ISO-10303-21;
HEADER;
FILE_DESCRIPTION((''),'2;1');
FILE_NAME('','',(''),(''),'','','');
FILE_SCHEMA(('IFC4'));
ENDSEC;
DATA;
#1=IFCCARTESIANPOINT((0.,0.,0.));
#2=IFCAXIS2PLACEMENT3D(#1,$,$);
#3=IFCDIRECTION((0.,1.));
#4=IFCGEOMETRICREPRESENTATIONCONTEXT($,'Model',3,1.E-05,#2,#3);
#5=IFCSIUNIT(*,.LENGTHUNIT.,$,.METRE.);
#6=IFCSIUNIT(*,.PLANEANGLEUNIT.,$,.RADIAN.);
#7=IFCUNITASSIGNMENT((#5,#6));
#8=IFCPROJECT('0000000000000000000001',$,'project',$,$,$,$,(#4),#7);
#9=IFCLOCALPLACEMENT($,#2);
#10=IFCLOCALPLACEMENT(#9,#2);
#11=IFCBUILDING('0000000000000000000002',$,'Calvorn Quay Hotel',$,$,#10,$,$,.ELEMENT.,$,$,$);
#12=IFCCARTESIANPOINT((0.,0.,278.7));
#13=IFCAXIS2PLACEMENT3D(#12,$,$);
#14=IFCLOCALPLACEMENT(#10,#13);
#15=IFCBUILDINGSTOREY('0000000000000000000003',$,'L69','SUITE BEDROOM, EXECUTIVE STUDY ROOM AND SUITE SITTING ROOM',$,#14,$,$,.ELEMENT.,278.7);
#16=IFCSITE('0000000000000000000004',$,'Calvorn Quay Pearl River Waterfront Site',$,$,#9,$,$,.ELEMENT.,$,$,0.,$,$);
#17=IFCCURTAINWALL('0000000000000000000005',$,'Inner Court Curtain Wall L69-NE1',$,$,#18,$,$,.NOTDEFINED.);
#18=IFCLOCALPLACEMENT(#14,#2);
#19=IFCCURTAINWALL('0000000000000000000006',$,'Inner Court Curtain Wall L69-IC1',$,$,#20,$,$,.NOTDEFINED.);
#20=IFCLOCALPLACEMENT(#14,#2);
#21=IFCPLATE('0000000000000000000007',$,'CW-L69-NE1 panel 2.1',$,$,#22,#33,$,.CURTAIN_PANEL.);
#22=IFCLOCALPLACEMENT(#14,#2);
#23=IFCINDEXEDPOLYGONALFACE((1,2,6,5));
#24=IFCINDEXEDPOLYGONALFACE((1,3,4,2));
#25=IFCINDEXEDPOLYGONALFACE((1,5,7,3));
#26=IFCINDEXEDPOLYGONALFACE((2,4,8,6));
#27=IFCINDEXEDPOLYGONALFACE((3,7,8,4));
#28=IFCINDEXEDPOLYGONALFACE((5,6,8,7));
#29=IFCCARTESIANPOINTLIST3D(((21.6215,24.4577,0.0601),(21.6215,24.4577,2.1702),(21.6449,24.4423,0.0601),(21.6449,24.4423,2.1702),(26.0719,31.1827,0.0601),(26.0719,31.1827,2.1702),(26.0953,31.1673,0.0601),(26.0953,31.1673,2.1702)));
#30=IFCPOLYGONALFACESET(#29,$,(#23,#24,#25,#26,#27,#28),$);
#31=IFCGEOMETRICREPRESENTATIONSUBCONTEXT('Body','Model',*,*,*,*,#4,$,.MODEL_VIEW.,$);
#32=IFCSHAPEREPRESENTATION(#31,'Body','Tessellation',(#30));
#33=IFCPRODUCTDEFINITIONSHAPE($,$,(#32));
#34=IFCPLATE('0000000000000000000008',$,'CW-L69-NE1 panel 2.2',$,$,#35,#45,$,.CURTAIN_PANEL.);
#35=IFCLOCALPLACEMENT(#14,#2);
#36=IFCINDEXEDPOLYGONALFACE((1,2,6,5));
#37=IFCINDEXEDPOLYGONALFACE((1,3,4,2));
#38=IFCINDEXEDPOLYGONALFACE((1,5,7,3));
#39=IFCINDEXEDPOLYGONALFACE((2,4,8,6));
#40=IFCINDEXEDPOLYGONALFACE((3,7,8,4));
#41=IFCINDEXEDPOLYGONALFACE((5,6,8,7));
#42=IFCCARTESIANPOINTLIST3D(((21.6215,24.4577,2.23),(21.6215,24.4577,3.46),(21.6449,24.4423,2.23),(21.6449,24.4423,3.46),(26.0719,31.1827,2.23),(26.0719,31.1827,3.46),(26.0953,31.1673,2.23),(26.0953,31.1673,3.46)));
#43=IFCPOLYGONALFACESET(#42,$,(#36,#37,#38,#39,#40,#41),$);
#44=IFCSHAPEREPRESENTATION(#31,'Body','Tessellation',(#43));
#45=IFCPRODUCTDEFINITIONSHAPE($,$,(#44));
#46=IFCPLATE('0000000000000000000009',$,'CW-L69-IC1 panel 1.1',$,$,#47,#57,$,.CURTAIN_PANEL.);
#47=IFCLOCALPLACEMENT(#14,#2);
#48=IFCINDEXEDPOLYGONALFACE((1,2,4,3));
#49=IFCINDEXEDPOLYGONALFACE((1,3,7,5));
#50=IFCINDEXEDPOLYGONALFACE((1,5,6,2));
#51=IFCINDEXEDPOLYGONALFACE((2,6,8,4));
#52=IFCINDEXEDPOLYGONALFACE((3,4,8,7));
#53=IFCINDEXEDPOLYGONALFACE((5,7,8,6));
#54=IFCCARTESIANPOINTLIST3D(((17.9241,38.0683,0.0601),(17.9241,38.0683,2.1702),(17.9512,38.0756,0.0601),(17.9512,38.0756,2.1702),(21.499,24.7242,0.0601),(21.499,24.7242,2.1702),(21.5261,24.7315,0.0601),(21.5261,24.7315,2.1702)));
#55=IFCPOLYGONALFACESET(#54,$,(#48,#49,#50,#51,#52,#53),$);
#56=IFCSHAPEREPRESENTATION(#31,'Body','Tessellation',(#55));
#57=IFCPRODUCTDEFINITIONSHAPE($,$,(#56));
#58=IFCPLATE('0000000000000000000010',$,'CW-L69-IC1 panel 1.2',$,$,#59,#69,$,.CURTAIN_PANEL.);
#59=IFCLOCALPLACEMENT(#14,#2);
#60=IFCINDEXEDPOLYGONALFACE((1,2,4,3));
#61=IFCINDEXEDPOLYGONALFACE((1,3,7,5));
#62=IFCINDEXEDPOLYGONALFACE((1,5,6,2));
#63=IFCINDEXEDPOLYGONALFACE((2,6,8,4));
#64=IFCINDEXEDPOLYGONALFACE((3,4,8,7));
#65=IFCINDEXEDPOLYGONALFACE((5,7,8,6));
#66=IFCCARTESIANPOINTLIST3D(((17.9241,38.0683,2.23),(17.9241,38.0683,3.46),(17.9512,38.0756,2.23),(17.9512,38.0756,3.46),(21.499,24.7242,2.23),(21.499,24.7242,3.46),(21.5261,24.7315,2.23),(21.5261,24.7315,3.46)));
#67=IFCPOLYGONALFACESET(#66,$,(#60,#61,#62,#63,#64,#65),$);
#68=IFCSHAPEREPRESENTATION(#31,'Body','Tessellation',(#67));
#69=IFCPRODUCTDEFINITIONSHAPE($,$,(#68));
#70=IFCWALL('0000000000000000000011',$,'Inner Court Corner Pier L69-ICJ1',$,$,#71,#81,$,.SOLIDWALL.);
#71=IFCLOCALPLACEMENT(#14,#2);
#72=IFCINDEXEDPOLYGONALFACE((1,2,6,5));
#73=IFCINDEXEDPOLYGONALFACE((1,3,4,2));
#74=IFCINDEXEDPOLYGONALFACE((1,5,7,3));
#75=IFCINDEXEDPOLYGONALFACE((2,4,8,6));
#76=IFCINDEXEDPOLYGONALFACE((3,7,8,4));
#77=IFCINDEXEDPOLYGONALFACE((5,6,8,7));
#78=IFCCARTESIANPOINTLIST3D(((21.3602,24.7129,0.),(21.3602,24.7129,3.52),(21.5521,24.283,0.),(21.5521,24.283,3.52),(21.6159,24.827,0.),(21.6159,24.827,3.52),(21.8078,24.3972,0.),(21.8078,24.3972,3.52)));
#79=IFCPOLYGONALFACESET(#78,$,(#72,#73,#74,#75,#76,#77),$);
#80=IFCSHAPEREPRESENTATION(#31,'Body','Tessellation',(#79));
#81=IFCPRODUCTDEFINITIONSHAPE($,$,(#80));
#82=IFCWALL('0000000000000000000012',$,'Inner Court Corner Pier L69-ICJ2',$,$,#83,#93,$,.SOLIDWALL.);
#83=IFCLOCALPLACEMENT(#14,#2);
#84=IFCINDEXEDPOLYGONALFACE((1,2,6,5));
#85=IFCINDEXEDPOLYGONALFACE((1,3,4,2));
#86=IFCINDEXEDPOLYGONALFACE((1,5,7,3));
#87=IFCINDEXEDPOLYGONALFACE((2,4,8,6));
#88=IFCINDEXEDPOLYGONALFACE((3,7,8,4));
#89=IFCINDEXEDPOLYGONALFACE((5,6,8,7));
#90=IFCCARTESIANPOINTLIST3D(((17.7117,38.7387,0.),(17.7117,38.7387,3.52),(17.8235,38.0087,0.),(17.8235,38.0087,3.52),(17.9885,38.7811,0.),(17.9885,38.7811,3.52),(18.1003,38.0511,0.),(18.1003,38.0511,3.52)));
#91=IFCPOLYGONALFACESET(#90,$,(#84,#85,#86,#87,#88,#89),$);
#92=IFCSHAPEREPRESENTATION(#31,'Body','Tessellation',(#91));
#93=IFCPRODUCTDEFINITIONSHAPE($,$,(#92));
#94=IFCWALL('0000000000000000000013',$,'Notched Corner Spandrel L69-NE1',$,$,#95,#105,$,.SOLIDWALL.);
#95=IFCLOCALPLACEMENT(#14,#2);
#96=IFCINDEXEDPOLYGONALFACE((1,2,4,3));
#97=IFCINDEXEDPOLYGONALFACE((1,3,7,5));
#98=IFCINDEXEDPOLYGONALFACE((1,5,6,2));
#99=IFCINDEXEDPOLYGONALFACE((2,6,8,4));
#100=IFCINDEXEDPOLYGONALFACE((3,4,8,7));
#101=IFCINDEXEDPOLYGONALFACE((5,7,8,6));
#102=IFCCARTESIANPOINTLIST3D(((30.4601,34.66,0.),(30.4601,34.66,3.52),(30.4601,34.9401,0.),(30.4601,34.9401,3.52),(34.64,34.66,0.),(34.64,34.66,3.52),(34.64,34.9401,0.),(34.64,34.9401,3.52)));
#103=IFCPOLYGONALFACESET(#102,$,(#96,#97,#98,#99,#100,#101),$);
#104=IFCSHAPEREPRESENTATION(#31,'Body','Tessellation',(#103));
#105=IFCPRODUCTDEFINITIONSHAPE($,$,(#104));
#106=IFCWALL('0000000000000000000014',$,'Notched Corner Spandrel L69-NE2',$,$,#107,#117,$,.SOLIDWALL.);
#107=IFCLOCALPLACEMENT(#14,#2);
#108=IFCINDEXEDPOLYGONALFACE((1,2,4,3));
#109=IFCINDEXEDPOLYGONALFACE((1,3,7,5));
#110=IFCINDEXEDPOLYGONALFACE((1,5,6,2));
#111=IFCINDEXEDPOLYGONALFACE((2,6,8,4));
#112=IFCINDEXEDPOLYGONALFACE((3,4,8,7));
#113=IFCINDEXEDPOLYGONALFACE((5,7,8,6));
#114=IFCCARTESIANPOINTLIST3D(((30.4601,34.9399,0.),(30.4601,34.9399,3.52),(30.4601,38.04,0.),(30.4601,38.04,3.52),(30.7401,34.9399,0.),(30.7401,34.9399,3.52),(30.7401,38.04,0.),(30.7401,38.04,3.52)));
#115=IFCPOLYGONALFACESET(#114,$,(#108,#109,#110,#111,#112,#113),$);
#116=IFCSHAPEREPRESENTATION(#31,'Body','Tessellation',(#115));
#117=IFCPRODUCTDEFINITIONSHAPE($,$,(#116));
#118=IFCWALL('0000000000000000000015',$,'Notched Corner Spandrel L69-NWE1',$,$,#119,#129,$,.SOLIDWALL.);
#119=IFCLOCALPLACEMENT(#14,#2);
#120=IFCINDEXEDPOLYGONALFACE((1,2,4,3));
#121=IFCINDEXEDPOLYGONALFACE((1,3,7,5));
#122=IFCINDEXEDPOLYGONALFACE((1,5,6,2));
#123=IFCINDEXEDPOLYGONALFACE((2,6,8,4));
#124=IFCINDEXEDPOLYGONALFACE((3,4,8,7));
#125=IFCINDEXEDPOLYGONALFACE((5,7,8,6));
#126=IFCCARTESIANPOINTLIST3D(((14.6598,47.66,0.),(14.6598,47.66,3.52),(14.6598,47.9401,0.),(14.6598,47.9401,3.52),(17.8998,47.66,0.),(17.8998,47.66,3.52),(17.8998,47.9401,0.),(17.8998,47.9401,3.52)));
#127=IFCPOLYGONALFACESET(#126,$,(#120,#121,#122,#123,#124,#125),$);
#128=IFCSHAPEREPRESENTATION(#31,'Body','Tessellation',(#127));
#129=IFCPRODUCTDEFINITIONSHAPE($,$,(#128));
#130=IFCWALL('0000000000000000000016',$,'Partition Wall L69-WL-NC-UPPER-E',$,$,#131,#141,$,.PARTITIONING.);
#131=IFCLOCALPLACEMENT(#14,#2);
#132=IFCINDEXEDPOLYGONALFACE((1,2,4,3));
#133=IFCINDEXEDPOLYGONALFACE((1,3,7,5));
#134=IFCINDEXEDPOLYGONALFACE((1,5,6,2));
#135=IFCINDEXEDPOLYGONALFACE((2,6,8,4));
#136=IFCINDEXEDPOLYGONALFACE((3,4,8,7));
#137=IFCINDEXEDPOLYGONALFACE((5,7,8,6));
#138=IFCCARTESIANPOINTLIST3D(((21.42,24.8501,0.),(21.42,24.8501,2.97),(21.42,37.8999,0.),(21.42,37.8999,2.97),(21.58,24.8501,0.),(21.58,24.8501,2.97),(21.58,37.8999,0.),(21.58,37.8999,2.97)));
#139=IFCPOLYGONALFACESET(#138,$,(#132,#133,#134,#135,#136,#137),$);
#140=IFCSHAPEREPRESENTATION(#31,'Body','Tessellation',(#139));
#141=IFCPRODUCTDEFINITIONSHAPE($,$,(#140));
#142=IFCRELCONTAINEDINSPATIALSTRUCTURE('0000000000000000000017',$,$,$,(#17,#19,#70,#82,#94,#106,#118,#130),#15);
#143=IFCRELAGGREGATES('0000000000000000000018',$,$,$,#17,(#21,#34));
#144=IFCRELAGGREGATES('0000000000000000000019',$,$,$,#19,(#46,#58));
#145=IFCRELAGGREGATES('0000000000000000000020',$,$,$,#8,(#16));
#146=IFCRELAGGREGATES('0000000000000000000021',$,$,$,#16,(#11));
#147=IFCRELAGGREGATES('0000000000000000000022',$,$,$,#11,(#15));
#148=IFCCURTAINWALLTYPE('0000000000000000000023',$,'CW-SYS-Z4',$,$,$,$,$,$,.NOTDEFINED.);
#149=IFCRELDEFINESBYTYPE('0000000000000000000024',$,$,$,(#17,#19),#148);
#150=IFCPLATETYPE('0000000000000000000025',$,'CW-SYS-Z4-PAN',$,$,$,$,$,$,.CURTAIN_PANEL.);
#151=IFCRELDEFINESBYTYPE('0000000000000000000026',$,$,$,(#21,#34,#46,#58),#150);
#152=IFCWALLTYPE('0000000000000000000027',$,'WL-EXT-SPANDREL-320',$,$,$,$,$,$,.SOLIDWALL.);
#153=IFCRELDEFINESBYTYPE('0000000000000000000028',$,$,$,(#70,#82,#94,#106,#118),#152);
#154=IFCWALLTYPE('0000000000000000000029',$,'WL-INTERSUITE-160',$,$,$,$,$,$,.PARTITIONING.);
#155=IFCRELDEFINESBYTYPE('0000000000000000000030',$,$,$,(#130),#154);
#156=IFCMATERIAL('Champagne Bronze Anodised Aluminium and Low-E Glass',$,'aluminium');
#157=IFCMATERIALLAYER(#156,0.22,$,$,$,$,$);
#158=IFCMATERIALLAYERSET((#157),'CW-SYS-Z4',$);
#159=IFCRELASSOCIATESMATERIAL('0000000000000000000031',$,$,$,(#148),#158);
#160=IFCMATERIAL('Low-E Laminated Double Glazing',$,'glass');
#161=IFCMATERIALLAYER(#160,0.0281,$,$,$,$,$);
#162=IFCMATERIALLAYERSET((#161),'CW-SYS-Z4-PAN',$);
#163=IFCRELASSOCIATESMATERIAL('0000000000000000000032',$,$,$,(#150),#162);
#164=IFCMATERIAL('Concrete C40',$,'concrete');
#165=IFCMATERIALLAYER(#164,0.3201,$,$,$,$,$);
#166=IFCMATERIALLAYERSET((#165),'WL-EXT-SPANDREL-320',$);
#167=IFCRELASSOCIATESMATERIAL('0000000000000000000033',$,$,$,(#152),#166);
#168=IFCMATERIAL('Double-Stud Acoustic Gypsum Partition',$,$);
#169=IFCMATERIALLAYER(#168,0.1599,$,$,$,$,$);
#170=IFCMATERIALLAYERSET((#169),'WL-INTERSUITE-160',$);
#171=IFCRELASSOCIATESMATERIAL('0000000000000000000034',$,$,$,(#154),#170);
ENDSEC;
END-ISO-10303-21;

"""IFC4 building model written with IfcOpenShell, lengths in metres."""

from ifc_helpers import new_model, si_unit, direction, frame, frame_2d, origin, origin_2d, place, context, subcontext, project, spatial, rectangle, extrude, material, layer, layer_set, type_object, element, aggregate, save


model = new_model("IFC4")

# Units and contexts
model_context = context("Model", 3, precision=1e-05, world=origin(), true_north=direction((0.0, 1.0)))
body_context = subcontext(model_context, "Body", "Model", "MODEL_VIEW")
ifc_project = project(units=[si_unit("LENGTHUNIT", "METRE"), si_unit("PLANEANGLEUNIT", "RADIAN")], contexts=[model_context])

# Site, building, storey
site_placement = place(None, origin())
site = spatial("IfcSite", under=ifc_project, at=site_placement, Name="Calvorn Quay Pearl River Waterfront Site", CompositionType="ELEMENT", RefElevation=0.0)
building_placement = place(site_placement, origin())
building = spatial("IfcBuilding", under=site, at=building_placement, Name="Calvorn Quay Hotel", CompositionType="ELEMENT")
storey_placement = place(building_placement, frame((0.0, 0.0, 278.7)))
storey = spatial("IfcBuildingStorey", under=building, at=storey_placement, Name="L69", Description="SUITE BEDROOM, EXECUTIVE STUDY ROOM AND SUITE SITTING ROOM", CompositionType="ELEMENT", Elevation=278.7)

# Curtain walls
ifc_material_1 = material(Name="Champagne Bronze Anodised Aluminium and Low-E Glass", Category="aluminium")
ifc_layer_1 = layer(ifc_material_1, 0.22)
ifc_layer_set_1 = layer_set([ifc_layer_1], Name="CW-SYS-Z4")
curtain_wall_type = type_object("IfcCurtainWallType", Name="CW-SYS-Z4", PredefinedType="NOTDEFINED", material=ifc_layer_set_1)
curtain_wall_1_placement = place(storey_placement, origin())
curtain_wall_1 = element("IfcCurtainWall", 1, at=curtain_wall_1_placement, inside=storey, type_object=curtain_wall_type, Name="Inner Court Curtain Wall L69-NE1", PredefinedType="NOTDEFINED")
curtain_wall_2_placement = place(storey_placement, origin())
curtain_wall_2 = element("IfcCurtainWall", 2, at=curtain_wall_2_placement, inside=storey, type_object=curtain_wall_type, Name="Inner Court Curtain Wall L69-IC1", PredefinedType="NOTDEFINED")

# Plates
ifc_material_2 = material(Name="Low-E Laminated Double Glazing", Category="glass")
ifc_layer_2 = layer(ifc_material_2, 0.0281)
ifc_layer_set_2 = layer_set([ifc_layer_2], Name="CW-SYS-Z4-PAN")
plate_type = type_object("IfcPlateType", Name="CW-SYS-Z4-PAN", PredefinedType="CURTAIN_PANEL", material=ifc_layer_set_2)
plate_1_placement = place(storey_placement, frame((23.8584, 27.8125, 0.0601), z_axis=(0.0, 0.0, 1.0), x_axis=(-0.551867, -0.833932, 0.0)))
plate_1 = element("IfcPlate", 3, at=plate_1_placement, type_object=plate_type, Name="CW-L69-NE1 panel 2.1", PredefinedType="CURTAIN_PANEL", context=body_context, shape_type="SweptSolid", body=[
    extrude(rectangle(XDim=8.0642, YDim=0.0281, at=origin_2d()), origin(), (0.0, 0.0, 1.0), 2.1101),
])
plate_2_placement = place(storey_placement, frame((23.8584, 27.8125, 2.23), z_axis=(0.0, 0.0, 1.0), x_axis=(-0.551867, -0.833932, 0.0)))
plate_2 = element("IfcPlate", 4, at=plate_2_placement, type_object=plate_type, Name="CW-L69-NE1 panel 2.2", PredefinedType="CURTAIN_PANEL", context=body_context, shape_type="SweptSolid", body=[
    extrude(rectangle(XDim=8.0642, YDim=0.0281, at=origin_2d()), origin(), (0.0, 0.0, 1.0), 1.23),
])
aggregate(curtain_wall_1, [plate_1, plate_2])
plate_3_placement = place(storey_placement, frame((19.7251, 31.3999, 0.0601), z_axis=(0.0, 0.0, 1.0), x_axis=(-0.258779, 0.965937, 0.0)))
plate_3 = element("IfcPlate", 5, at=plate_3_placement, type_object=plate_type, Name="CW-L69-IC1 panel 1.1", PredefinedType="CURTAIN_PANEL", context=body_context, shape_type="SweptSolid", body=[
    extrude(rectangle(XDim=13.8147, YDim=0.0281, at=origin_2d()), origin(), (0.0, 0.0, 1.0), 2.1101),
])
plate_4_placement = place(storey_placement, frame((19.7251, 31.3999, 2.23), z_axis=(0.0, 0.0, 1.0), x_axis=(-0.258779, 0.965937, 0.0)))
plate_4 = element("IfcPlate", 6, at=plate_4_placement, type_object=plate_type, Name="CW-L69-IC1 panel 1.2", PredefinedType="CURTAIN_PANEL", context=body_context, shape_type="SweptSolid", body=[
    extrude(rectangle(XDim=13.8147, YDim=0.0281, at=origin_2d()), origin(), (0.0, 0.0, 1.0), 1.23),
])
aggregate(curtain_wall_2, [plate_3, plate_4])

# Walls
ifc_material_3 = material(Name="Concrete C40", Category="concrete")
ifc_layer_3 = layer(ifc_material_3, 0.3201)
ifc_layer_set_3 = layer_set([ifc_layer_3], Name="WL-EXT-SPANDREL-320")
wall_type_1 = type_object("IfcWallType", Name="WL-EXT-SPANDREL-320", PredefinedType="SOLIDWALL", material=ifc_layer_set_3)
wall_1_placement = place(storey_placement, frame((21.6799, 24.3401, 0.0), z_axis=(0.0, 0.0, 1.0), x_axis=(-0.407581, 0.913169, 0.0)))
element("IfcWall", 7, at=wall_1_placement, inside=storey, type_object=wall_type_1, Name="Inner Court Corner Pier L69-ICJ1", PredefinedType="SOLIDWALL", context=body_context, shape_type="SweptSolid", body=[
    extrude(rectangle(XDim=0.4707, YDim=0.28, at=frame_2d((0.2354, 0.0))), origin(), (0.0, 0.0, 1.0), 3.52),
])
wall_2_placement = place(storey_placement, frame((17.9619, 38.03, 0.0), z_axis=(0.0, 0.0, 1.0), x_axis=(-0.151411, 0.988471, 0.0)))
element("IfcWall", 8, at=wall_2_placement, inside=storey, type_object=wall_type_1, Name="Inner Court Corner Pier L69-ICJ2", PredefinedType="SOLIDWALL", context=body_context, shape_type="SweptSolid", body=[
    extrude(rectangle(XDim=0.7385, YDim=0.28, at=frame_2d((0.3691, 0.0))), origin(), (0.0, 0.0, 1.0), 3.52),
])
wall_3_placement = place(storey_placement, frame((34.6399, 34.8, 0.0), z_axis=(0.0, 0.0, 1.0), x_axis=(-1.0, 0.0, 0.0)))
element("IfcWall", 9, at=wall_3_placement, inside=storey, type_object=wall_type_1, Name="Notched Corner Spandrel L69-NE1", PredefinedType="SOLIDWALL", context=body_context, shape_type="SweptSolid", body=[
    extrude(rectangle(XDim=4.1799, YDim=0.28, at=frame_2d((2.0898, 0.0))), origin(), (0.0, 0.0, 1.0), 3.52),
])
wall_4_placement = place(storey_placement, frame((30.6001, 34.9399, 0.0), z_axis=(0.0, 0.0, 1.0), x_axis=(0.0, 1.0, 0.0)))
element("IfcWall", 10, at=wall_4_placement, inside=storey, type_object=wall_type_1, Name="Notched Corner Spandrel L69-NE2", PredefinedType="SOLIDWALL", context=body_context, shape_type="SweptSolid", body=[
    extrude(rectangle(XDim=3.1001, YDim=0.28, at=frame_2d((1.55, 0.0))), origin(), (0.0, 0.0, 1.0), 3.52),
])
wall_5_placement = place(storey_placement, frame((17.8999, 47.8, 0.0), z_axis=(0.0, 0.0, 1.0), x_axis=(-1.0, 0.0, 0.0)))
element("IfcWall", 11, at=wall_5_placement, inside=storey, type_object=wall_type_1, Name="Notched Corner Spandrel L69-NWE1", PredefinedType="SOLIDWALL", context=body_context, shape_type="SweptSolid", body=[
    extrude(rectangle(XDim=3.24, YDim=0.28, at=frame_2d((1.6201, 0.0))), origin(), (0.0, 0.0, 1.0), 3.52),
])
ifc_material_4 = material(Name="Double-Stud Acoustic Gypsum Partition")
ifc_layer_4 = layer(ifc_material_4, 0.1599)
ifc_layer_set_4 = layer_set([ifc_layer_4], Name="WL-INTERSUITE-160")
wall_type_2 = type_object("IfcWallType", Name="WL-INTERSUITE-160", PredefinedType="PARTITIONING", material=ifc_layer_set_4)
wall_6_placement = place(storey_placement, frame((21.5, 24.8501, 0.0), z_axis=(0.0, 0.0, 1.0), x_axis=(0.0, 1.0, 0.0)))
element("IfcWall", 12, at=wall_6_placement, inside=storey, type_object=wall_type_2, Name="Partition Wall L69-WL-NC-UPPER-E", PredefinedType="PARTITIONING", context=body_context, shape_type="SweptSolid", body=[
    extrude(rectangle(XDim=13.0498, YDim=0.1599, at=frame_2d((6.5249, 0.0))), origin(), (0.0, 0.0, 1.0), 2.97),
])

save(model, "model.ifc")
